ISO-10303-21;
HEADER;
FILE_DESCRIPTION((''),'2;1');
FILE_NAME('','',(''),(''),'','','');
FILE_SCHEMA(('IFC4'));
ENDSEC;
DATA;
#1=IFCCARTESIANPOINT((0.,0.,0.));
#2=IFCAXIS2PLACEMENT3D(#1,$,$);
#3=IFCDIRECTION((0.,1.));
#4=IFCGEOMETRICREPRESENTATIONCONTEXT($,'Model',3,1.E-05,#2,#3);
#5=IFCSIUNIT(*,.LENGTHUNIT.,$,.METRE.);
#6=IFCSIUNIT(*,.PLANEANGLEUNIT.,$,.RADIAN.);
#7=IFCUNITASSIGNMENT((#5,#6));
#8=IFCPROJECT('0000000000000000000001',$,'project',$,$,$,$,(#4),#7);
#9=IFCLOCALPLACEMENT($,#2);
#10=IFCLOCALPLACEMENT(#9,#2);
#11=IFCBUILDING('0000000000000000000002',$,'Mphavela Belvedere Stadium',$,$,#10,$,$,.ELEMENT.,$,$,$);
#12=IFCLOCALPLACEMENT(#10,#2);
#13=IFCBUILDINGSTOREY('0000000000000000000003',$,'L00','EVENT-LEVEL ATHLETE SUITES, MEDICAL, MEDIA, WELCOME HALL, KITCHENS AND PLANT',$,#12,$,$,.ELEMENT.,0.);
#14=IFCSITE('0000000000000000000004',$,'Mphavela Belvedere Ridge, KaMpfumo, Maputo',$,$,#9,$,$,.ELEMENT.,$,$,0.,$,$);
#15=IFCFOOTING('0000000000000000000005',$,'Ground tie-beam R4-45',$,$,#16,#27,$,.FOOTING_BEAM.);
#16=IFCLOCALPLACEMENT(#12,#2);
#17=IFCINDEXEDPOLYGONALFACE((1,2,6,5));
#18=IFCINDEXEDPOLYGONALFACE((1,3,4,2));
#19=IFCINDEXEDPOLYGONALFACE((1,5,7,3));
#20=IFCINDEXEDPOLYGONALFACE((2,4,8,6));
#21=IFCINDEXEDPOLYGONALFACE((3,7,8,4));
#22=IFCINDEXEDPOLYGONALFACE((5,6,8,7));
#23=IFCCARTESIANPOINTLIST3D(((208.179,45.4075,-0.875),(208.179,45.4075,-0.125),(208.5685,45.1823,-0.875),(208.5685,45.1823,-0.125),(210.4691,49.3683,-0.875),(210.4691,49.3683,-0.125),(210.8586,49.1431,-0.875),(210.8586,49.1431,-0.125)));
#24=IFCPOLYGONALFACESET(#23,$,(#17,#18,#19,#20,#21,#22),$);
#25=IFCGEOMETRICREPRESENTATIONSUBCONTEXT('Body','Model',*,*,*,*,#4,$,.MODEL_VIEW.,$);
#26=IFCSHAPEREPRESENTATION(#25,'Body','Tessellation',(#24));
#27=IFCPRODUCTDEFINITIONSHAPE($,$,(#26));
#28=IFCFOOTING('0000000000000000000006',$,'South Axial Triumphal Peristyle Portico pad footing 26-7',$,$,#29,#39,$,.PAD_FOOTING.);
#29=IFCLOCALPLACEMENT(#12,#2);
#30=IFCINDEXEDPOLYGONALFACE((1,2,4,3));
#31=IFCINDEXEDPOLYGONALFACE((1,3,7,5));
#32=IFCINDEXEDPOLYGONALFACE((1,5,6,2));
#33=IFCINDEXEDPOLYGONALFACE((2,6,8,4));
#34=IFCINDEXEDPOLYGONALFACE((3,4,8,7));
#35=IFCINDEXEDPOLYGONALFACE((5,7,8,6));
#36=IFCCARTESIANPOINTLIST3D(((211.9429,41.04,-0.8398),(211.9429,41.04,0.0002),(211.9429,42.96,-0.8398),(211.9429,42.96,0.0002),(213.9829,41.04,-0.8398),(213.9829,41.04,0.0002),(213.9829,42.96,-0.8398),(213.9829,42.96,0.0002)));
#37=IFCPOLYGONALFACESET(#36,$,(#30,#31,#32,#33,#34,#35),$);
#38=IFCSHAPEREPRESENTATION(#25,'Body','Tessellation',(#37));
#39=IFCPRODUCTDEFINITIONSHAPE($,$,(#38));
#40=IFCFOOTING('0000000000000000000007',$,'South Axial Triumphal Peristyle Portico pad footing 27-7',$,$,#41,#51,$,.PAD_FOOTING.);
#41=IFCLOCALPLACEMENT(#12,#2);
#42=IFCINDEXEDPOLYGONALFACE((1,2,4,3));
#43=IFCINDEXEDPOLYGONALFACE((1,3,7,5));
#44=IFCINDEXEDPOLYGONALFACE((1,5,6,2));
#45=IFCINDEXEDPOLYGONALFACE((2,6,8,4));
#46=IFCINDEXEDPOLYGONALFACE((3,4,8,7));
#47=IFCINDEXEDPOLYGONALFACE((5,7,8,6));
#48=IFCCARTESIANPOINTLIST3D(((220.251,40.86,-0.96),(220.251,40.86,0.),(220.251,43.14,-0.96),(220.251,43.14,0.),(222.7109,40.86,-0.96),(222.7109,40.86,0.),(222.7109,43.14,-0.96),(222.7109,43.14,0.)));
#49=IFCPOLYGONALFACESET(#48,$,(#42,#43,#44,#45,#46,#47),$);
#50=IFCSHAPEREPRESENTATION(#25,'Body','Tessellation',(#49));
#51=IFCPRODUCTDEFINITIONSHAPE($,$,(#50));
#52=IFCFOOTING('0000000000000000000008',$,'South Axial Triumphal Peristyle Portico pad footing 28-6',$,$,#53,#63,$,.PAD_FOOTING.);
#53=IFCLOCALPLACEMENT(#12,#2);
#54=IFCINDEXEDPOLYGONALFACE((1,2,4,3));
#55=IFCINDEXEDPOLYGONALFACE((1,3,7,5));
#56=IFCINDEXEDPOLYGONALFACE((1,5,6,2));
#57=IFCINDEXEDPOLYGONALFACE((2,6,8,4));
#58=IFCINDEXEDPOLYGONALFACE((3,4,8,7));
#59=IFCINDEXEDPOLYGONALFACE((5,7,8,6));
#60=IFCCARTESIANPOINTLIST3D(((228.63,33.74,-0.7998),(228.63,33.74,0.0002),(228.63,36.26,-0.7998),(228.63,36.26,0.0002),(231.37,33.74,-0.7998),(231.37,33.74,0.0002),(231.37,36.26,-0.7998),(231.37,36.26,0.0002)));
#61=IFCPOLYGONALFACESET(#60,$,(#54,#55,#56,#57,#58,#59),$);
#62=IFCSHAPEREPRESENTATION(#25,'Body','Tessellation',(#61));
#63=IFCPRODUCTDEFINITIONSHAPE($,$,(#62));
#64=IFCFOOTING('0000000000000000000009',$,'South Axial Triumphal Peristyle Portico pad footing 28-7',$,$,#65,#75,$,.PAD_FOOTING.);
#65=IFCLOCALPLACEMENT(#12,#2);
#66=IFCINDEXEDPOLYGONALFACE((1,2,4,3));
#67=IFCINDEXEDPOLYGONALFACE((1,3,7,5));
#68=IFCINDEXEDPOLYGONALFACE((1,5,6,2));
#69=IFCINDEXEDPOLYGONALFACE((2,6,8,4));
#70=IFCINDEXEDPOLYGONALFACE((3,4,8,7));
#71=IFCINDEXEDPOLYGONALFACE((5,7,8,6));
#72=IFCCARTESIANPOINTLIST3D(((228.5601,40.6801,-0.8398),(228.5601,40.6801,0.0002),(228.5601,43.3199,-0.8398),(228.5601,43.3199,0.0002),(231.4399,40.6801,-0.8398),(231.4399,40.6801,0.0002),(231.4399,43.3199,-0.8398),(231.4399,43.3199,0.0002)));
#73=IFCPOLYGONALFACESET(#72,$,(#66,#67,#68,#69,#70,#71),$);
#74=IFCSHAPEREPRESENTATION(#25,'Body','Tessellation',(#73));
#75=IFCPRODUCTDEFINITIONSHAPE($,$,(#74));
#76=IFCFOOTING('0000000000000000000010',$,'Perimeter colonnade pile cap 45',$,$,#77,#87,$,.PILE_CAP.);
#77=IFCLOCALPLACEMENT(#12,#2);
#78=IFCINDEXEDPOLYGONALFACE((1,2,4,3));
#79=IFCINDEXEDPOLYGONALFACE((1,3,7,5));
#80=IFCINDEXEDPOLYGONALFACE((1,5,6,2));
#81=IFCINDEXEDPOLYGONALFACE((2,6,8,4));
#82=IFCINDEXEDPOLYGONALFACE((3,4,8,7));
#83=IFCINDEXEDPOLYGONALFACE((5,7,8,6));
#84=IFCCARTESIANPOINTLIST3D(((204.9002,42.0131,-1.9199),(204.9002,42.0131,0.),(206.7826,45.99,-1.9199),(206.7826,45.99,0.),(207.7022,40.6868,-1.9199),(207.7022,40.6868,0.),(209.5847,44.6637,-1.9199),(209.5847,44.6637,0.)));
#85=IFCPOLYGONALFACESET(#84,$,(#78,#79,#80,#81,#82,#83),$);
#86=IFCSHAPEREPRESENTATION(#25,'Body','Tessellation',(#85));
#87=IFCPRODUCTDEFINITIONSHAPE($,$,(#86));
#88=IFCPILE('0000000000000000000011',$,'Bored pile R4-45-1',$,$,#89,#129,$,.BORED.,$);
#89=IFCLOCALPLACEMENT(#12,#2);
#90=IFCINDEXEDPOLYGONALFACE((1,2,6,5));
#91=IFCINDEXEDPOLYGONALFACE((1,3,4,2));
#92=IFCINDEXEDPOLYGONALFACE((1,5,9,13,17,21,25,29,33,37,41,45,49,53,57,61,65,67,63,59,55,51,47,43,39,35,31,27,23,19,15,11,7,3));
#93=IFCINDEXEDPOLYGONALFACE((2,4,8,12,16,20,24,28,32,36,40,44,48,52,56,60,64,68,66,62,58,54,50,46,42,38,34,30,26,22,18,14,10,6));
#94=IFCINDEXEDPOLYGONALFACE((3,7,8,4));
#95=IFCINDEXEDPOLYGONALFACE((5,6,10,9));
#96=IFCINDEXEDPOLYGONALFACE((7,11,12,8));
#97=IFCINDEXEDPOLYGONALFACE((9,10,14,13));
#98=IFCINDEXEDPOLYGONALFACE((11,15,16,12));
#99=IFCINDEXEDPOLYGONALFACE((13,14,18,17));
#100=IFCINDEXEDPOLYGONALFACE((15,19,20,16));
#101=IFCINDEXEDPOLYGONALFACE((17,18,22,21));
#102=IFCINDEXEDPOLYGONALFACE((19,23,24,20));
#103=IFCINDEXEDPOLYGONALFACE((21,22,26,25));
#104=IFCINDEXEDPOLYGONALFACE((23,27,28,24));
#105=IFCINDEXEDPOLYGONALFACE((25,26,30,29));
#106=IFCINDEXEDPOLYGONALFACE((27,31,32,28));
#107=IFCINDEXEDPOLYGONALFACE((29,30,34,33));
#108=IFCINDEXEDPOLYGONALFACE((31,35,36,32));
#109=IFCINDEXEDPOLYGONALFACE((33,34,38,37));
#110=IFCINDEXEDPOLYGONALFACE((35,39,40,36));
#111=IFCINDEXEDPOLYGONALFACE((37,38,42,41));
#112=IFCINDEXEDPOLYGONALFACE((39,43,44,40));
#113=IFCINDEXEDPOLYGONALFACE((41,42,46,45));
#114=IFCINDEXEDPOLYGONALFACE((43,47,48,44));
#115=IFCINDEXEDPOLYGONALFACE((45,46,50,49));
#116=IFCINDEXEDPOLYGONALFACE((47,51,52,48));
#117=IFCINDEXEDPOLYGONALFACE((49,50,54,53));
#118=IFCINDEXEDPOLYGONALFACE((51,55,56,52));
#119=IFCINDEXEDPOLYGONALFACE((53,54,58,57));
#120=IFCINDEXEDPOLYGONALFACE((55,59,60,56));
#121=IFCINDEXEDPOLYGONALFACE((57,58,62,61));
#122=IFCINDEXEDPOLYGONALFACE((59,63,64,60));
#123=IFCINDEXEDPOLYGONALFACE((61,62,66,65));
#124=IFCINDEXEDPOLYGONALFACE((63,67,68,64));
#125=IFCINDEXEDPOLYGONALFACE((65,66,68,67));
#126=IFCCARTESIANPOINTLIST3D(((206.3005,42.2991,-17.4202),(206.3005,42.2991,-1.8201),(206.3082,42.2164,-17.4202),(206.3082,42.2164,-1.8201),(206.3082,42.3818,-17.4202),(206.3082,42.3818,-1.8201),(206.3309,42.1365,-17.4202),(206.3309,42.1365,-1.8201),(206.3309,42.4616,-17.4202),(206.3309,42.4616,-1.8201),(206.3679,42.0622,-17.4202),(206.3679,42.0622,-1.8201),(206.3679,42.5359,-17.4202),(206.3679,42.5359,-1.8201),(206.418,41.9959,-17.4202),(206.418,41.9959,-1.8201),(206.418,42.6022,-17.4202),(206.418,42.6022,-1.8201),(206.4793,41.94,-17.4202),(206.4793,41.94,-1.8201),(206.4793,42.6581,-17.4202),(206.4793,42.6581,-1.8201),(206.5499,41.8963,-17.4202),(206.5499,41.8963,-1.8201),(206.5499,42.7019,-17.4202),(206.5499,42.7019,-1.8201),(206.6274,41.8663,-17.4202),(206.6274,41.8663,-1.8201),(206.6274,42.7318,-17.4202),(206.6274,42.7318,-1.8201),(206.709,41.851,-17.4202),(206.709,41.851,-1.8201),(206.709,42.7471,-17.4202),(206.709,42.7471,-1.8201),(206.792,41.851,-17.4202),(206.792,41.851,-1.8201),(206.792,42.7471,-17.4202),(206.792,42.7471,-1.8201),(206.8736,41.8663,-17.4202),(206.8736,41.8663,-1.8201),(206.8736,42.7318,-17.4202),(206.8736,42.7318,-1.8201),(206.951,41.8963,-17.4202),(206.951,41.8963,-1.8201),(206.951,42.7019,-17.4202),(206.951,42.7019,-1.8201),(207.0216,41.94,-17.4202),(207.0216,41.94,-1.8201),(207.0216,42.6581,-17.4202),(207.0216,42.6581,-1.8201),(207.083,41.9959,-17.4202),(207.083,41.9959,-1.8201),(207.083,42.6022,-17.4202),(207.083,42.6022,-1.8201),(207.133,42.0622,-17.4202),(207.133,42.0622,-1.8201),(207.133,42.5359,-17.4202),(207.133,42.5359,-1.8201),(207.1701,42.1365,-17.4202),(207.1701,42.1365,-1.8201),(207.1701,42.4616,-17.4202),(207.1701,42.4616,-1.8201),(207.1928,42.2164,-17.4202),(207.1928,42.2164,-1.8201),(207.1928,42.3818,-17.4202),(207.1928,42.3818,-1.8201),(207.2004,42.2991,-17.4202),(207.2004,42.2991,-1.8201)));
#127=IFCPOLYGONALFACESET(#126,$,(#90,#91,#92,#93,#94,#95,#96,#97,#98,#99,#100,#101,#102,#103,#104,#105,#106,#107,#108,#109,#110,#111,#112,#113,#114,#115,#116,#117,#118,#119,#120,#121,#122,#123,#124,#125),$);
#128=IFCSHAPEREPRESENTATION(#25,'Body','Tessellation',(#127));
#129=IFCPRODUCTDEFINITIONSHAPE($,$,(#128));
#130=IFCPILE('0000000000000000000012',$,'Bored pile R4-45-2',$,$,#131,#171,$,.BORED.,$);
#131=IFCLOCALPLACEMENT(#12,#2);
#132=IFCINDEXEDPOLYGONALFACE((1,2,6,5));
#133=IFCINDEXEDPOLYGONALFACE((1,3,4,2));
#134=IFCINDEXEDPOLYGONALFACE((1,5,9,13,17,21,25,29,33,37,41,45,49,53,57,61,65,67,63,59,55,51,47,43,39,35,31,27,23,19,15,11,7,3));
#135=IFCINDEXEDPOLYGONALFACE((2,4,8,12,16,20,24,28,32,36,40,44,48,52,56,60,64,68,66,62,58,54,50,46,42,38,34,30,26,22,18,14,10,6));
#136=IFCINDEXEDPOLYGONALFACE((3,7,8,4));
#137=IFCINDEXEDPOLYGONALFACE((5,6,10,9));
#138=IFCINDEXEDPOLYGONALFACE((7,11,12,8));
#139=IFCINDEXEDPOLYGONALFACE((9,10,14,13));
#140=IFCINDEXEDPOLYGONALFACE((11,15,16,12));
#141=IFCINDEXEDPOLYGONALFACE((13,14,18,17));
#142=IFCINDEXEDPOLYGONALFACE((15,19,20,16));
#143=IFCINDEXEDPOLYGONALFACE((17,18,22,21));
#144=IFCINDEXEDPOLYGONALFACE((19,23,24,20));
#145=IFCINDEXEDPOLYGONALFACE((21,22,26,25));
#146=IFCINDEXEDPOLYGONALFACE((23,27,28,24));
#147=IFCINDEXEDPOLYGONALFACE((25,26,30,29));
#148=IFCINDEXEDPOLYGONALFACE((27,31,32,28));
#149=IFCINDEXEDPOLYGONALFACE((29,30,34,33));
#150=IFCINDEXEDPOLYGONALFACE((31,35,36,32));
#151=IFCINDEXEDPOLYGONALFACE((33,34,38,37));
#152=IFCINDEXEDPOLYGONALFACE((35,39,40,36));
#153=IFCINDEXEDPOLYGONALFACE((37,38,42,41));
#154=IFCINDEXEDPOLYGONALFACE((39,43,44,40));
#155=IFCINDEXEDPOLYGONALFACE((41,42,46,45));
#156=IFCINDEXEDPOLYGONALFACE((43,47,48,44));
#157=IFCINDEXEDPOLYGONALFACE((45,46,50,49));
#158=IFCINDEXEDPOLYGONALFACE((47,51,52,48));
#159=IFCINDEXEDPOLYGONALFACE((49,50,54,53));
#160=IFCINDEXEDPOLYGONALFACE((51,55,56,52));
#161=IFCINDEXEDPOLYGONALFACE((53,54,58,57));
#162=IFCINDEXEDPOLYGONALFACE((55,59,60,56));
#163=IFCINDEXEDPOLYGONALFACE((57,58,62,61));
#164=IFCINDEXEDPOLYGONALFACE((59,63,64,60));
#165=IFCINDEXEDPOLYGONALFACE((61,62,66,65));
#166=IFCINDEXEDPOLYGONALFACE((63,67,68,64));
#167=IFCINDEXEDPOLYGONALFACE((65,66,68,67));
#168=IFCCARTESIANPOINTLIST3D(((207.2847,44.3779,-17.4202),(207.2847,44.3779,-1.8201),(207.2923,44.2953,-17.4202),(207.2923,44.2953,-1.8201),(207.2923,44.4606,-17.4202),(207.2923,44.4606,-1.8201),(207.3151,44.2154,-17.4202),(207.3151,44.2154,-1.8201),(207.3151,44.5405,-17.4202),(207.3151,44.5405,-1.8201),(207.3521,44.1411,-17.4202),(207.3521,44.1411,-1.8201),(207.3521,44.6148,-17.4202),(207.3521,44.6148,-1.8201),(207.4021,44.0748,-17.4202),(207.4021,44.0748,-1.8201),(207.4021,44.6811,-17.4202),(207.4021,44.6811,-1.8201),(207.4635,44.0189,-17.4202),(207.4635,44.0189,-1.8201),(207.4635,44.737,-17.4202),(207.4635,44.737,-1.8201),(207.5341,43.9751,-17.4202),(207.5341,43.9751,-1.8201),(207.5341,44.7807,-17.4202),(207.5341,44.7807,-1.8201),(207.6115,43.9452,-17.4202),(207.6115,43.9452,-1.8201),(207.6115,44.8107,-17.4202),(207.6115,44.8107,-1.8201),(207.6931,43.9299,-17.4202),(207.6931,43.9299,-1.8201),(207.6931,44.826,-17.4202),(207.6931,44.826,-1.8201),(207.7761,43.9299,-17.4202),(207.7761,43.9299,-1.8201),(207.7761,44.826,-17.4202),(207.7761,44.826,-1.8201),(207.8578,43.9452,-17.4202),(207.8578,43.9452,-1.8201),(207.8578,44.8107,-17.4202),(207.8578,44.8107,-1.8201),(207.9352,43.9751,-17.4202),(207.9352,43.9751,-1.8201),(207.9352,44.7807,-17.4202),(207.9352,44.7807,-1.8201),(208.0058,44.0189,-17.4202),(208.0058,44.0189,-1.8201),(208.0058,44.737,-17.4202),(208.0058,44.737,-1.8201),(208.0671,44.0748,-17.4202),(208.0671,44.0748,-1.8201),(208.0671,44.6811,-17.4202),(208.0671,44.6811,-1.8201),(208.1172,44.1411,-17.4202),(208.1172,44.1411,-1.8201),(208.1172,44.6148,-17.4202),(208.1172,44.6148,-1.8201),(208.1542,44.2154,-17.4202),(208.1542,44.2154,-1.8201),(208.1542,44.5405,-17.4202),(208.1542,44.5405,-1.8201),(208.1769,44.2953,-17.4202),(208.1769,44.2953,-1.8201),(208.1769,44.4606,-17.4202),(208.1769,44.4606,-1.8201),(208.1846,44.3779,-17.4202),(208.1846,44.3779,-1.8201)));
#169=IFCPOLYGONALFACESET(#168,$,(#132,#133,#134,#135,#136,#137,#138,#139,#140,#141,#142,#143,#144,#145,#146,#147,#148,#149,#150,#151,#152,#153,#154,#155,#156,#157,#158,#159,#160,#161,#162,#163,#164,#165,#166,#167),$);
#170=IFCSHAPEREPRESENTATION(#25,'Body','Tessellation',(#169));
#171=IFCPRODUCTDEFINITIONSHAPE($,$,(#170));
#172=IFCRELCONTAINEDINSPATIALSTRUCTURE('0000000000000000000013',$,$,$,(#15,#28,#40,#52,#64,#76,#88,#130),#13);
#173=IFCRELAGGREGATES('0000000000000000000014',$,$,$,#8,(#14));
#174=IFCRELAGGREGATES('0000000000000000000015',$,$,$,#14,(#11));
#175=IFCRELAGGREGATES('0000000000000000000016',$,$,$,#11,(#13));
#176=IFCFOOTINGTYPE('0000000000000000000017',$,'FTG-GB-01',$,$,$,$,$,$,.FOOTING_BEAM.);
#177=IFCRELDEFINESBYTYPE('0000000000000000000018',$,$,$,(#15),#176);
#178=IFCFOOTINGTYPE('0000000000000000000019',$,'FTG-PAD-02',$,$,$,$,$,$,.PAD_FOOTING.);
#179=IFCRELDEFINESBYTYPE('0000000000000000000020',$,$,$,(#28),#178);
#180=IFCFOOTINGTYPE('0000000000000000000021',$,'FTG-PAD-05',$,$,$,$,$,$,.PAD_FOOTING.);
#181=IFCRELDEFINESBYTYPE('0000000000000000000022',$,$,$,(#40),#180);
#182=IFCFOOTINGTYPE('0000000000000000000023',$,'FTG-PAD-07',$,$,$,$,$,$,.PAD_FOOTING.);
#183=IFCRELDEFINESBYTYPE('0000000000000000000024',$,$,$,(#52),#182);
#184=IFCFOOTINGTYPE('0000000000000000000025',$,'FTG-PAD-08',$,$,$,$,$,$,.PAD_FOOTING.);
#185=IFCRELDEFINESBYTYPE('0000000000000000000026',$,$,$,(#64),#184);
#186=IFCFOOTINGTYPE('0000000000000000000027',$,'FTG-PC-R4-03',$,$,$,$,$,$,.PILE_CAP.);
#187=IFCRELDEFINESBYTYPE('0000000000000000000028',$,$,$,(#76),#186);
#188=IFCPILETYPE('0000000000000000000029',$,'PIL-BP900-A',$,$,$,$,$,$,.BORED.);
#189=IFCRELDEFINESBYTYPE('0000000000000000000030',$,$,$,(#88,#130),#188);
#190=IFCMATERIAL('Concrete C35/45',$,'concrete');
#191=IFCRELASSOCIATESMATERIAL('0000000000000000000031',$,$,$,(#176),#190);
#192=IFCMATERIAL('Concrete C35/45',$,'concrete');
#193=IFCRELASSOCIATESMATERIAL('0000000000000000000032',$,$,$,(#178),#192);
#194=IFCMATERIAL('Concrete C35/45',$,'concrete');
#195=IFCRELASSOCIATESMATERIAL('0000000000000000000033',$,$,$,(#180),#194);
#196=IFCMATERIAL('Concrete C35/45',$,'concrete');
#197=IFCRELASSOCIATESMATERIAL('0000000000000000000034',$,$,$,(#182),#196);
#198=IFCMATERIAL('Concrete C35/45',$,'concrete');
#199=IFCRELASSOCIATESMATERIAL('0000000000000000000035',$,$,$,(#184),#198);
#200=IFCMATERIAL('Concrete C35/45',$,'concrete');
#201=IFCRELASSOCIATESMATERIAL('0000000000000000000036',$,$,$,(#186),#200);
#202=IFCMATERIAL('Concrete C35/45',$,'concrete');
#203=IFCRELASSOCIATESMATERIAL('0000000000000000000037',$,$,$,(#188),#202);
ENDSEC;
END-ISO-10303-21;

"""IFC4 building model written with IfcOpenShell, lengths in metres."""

from ifc_helpers import new_model, si_unit, direction, frame, origin, origin_2d, place, context, subcontext, project, spatial, rectangle, circle, extrude, material, material_profile, profile_set, type_object, element, save


model = new_model("IFC4")

# Units and contexts
model_context = context("Model", 3, precision=1e-05, world=origin(), true_north=direction((0.0, 1.0)))
body_context = subcontext(model_context, "Body", "Model", "MODEL_VIEW")
ifc_project = project(units=[si_unit("LENGTHUNIT", "METRE"), si_unit("PLANEANGLEUNIT", "RADIAN")], contexts=[model_context])

# Site, building, storey
site_placement = place(None, origin())
site = spatial("IfcSite", under=ifc_project, at=site_placement, Name="Mphavela Belvedere Ridge, KaMpfumo, Maputo", CompositionType="ELEMENT", RefElevation=0.0)
building_placement = place(site_placement, origin())
building = spatial("IfcBuilding", under=site, at=building_placement, Name="Mphavela Belvedere Stadium", CompositionType="ELEMENT")
storey_placement = place(building_placement, origin())
storey = spatial("IfcBuildingStorey", under=building, at=storey_placement, Name="L00", Description="EVENT-LEVEL ATHLETE SUITES, MEDICAL, MEDIA, WELCOME HALL, KITCHENS AND PLANT", CompositionType="ELEMENT", Elevation=0.0)

# Footings
ifc_material_1 = material(Name="Concrete C35/45", Category="concrete")
ifc_material_profile_1 = material_profile(ifc_material_1, rectangle(XDim=0.45, YDim=0.75, at=origin_2d()), Name="GB 450x750")
ifc_profile_set_1 = profile_set([ifc_material_profile_1], Name="Concrete C35/45")
footing_type_1 = type_object("IfcFootingType", Name="FTG-GB-01", PredefinedType="FOOTING_BEAM", material=ifc_profile_set_1)
footing_1_placement = place(storey_placement, frame((208.3738, 45.2949, -0.5), z_axis=(0.500546, 0.86571, 0.0), x_axis=(-0.86571, 0.500546, 0.0)))
element("IfcFooting", 1, at=footing_1_placement, inside=storey, type_object=footing_type_1, Name="Ground tie-beam R4-45", PredefinedType="FOOTING_BEAM", context=body_context, shape_type="SweptSolid", body=[
    extrude(rectangle(XDim=0.45, YDim=0.75, at=origin_2d()), origin(), (0.0, 0.0, 1.0), 4.5752),
])
ifc_material_2 = material(Name="Concrete C35/45", Category="concrete")
footing_type_2 = type_object("IfcFootingType", Name="FTG-PAD-02", PredefinedType="PAD_FOOTING", material=ifc_material_2)
footing_2_placement = place(storey_placement, frame((212.9629, 42.0, -0.8398), z_axis=(0.0, 0.0, 1.0), x_axis=(1.0, 0.0, 0.0)))
element("IfcFooting", 2, at=footing_2_placement, inside=storey, type_object=footing_type_2, Name="South Axial Triumphal Peristyle Portico pad footing 26-7", PredefinedType="PAD_FOOTING", context=body_context, shape_type="SweptSolid", body=[
    extrude(rectangle(XDim=2.04, YDim=1.9199, at=origin_2d()), origin(), (0.0, 0.0, 1.0), 0.8401),
])
ifc_material_3 = material(Name="Concrete C35/45", Category="concrete")
footing_type_3 = type_object("IfcFootingType", Name="FTG-PAD-05", PredefinedType="PAD_FOOTING", material=ifc_material_3)
footing_3_placement = place(storey_placement, frame((221.481, 42.0, -0.96), z_axis=(0.0, 0.0, 1.0), x_axis=(1.0, 0.0, 0.0)))
element("IfcFooting", 3, at=footing_3_placement, inside=storey, type_object=footing_type_3, Name="South Axial Triumphal Peristyle Portico pad footing 27-7", PredefinedType="PAD_FOOTING", context=body_context, shape_type="SweptSolid", body=[
    extrude(rectangle(XDim=2.46, YDim=2.28, at=origin_2d()), origin(), (0.0, 0.0, 1.0), 0.96),
])
ifc_material_4 = material(Name="Concrete C35/45", Category="concrete")
footing_type_4 = type_object("IfcFootingType", Name="FTG-PAD-07", PredefinedType="PAD_FOOTING", material=ifc_material_4)
footing_4_placement = place(storey_placement, frame((230.0, 35.0, -0.7998), z_axis=(0.0, 0.0, 1.0), x_axis=(1.0, 0.0, 0.0)))
element("IfcFooting", 4, at=footing_4_placement, inside=storey, type_object=footing_type_4, Name="South Axial Triumphal Peristyle Portico pad footing 28-6", PredefinedType="PAD_FOOTING", context=body_context, shape_type="SweptSolid", body=[
    extrude(rectangle(XDim=2.74, YDim=2.52, at=origin_2d()), origin(), (0.0, 0.0, 1.0), 0.8),
])
ifc_material_5 = material(Name="Concrete C35/45", Category="concrete")
footing_type_5 = type_object("IfcFootingType", Name="FTG-PAD-08", PredefinedType="PAD_FOOTING", material=ifc_material_5)
footing_5_placement = place(storey_placement, frame((230.0, 42.0, -0.8398), z_axis=(0.0, 0.0, 1.0), x_axis=(1.0, 0.0, 0.0)))
element("IfcFooting", 5, at=footing_5_placement, inside=storey, type_object=footing_type_5, Name="South Axial Triumphal Peristyle Portico pad footing 28-7", PredefinedType="PAD_FOOTING", context=body_context, shape_type="SweptSolid", body=[
    extrude(rectangle(XDim=2.8799, YDim=2.6399, at=origin_2d()), origin(), (0.0, 0.0, 1.0), 0.8401),
])
ifc_material_6 = material(Name="Concrete C35/45", Category="concrete")
footing_type_6 = type_object("IfcFootingType", Name="FTG-PC-R4-03", PredefinedType="PILE_CAP", material=ifc_material_6)
footing_6_placement = place(storey_placement, frame((207.2424, 43.3384, -1.9199), z_axis=(0.0, 0.0, 1.0), x_axis=(0.427831, 0.903859, 0.0)))
element("IfcFooting", 6, at=footing_6_placement, inside=storey, type_object=footing_type_6, Name="Perimeter colonnade pile cap 45", PredefinedType="PILE_CAP", context=body_context, shape_type="SweptSolid", body=[
    extrude(rectangle(XDim=4.3999, YDim=3.1001, at=origin_2d()), origin(), (0.0, 0.0, 1.0), 1.9199),
])

# Piles
ifc_material_7 = material(Name="Concrete C35/45", Category="concrete")
ifc_material_profile_2 = material_profile(ifc_material_7, circle(Radius=0.45, at=origin_2d()), Name="BP D900")
ifc_profile_set_2 = profile_set([ifc_material_profile_2], Name="Concrete C35/45")
pile_type = type_object("IfcPileType", Name="PIL-BP900-A", PredefinedType="BORED", material=ifc_profile_set_2)
for number, where, z_axis, x_axis, name in (
    (7, (206.7505, 42.2991, -1.8201), (0.0, 0.0, -1.0), (1.0, 0.0, 0.0), "Bored pile R4-45-1"),
    (8, (207.7346, 44.3779, -1.8201), (0.0, 0.0, -1.0), (1.0, 0.0, 0.0), "Bored pile R4-45-2"),
):
    element("IfcPile", number, at=place(storey_placement, frame(where, z_axis=z_axis, x_axis=x_axis)), inside=storey, type_object=pile_type, Name=name, PredefinedType="BORED", context=body_context, shape_type="SweptSolid", body=[
        extrude(circle(Radius=0.45, at=origin_2d()), origin(), (0.0, 0.0, 1.0), 15.6001),
    ])

save(model, "model.ifc")
